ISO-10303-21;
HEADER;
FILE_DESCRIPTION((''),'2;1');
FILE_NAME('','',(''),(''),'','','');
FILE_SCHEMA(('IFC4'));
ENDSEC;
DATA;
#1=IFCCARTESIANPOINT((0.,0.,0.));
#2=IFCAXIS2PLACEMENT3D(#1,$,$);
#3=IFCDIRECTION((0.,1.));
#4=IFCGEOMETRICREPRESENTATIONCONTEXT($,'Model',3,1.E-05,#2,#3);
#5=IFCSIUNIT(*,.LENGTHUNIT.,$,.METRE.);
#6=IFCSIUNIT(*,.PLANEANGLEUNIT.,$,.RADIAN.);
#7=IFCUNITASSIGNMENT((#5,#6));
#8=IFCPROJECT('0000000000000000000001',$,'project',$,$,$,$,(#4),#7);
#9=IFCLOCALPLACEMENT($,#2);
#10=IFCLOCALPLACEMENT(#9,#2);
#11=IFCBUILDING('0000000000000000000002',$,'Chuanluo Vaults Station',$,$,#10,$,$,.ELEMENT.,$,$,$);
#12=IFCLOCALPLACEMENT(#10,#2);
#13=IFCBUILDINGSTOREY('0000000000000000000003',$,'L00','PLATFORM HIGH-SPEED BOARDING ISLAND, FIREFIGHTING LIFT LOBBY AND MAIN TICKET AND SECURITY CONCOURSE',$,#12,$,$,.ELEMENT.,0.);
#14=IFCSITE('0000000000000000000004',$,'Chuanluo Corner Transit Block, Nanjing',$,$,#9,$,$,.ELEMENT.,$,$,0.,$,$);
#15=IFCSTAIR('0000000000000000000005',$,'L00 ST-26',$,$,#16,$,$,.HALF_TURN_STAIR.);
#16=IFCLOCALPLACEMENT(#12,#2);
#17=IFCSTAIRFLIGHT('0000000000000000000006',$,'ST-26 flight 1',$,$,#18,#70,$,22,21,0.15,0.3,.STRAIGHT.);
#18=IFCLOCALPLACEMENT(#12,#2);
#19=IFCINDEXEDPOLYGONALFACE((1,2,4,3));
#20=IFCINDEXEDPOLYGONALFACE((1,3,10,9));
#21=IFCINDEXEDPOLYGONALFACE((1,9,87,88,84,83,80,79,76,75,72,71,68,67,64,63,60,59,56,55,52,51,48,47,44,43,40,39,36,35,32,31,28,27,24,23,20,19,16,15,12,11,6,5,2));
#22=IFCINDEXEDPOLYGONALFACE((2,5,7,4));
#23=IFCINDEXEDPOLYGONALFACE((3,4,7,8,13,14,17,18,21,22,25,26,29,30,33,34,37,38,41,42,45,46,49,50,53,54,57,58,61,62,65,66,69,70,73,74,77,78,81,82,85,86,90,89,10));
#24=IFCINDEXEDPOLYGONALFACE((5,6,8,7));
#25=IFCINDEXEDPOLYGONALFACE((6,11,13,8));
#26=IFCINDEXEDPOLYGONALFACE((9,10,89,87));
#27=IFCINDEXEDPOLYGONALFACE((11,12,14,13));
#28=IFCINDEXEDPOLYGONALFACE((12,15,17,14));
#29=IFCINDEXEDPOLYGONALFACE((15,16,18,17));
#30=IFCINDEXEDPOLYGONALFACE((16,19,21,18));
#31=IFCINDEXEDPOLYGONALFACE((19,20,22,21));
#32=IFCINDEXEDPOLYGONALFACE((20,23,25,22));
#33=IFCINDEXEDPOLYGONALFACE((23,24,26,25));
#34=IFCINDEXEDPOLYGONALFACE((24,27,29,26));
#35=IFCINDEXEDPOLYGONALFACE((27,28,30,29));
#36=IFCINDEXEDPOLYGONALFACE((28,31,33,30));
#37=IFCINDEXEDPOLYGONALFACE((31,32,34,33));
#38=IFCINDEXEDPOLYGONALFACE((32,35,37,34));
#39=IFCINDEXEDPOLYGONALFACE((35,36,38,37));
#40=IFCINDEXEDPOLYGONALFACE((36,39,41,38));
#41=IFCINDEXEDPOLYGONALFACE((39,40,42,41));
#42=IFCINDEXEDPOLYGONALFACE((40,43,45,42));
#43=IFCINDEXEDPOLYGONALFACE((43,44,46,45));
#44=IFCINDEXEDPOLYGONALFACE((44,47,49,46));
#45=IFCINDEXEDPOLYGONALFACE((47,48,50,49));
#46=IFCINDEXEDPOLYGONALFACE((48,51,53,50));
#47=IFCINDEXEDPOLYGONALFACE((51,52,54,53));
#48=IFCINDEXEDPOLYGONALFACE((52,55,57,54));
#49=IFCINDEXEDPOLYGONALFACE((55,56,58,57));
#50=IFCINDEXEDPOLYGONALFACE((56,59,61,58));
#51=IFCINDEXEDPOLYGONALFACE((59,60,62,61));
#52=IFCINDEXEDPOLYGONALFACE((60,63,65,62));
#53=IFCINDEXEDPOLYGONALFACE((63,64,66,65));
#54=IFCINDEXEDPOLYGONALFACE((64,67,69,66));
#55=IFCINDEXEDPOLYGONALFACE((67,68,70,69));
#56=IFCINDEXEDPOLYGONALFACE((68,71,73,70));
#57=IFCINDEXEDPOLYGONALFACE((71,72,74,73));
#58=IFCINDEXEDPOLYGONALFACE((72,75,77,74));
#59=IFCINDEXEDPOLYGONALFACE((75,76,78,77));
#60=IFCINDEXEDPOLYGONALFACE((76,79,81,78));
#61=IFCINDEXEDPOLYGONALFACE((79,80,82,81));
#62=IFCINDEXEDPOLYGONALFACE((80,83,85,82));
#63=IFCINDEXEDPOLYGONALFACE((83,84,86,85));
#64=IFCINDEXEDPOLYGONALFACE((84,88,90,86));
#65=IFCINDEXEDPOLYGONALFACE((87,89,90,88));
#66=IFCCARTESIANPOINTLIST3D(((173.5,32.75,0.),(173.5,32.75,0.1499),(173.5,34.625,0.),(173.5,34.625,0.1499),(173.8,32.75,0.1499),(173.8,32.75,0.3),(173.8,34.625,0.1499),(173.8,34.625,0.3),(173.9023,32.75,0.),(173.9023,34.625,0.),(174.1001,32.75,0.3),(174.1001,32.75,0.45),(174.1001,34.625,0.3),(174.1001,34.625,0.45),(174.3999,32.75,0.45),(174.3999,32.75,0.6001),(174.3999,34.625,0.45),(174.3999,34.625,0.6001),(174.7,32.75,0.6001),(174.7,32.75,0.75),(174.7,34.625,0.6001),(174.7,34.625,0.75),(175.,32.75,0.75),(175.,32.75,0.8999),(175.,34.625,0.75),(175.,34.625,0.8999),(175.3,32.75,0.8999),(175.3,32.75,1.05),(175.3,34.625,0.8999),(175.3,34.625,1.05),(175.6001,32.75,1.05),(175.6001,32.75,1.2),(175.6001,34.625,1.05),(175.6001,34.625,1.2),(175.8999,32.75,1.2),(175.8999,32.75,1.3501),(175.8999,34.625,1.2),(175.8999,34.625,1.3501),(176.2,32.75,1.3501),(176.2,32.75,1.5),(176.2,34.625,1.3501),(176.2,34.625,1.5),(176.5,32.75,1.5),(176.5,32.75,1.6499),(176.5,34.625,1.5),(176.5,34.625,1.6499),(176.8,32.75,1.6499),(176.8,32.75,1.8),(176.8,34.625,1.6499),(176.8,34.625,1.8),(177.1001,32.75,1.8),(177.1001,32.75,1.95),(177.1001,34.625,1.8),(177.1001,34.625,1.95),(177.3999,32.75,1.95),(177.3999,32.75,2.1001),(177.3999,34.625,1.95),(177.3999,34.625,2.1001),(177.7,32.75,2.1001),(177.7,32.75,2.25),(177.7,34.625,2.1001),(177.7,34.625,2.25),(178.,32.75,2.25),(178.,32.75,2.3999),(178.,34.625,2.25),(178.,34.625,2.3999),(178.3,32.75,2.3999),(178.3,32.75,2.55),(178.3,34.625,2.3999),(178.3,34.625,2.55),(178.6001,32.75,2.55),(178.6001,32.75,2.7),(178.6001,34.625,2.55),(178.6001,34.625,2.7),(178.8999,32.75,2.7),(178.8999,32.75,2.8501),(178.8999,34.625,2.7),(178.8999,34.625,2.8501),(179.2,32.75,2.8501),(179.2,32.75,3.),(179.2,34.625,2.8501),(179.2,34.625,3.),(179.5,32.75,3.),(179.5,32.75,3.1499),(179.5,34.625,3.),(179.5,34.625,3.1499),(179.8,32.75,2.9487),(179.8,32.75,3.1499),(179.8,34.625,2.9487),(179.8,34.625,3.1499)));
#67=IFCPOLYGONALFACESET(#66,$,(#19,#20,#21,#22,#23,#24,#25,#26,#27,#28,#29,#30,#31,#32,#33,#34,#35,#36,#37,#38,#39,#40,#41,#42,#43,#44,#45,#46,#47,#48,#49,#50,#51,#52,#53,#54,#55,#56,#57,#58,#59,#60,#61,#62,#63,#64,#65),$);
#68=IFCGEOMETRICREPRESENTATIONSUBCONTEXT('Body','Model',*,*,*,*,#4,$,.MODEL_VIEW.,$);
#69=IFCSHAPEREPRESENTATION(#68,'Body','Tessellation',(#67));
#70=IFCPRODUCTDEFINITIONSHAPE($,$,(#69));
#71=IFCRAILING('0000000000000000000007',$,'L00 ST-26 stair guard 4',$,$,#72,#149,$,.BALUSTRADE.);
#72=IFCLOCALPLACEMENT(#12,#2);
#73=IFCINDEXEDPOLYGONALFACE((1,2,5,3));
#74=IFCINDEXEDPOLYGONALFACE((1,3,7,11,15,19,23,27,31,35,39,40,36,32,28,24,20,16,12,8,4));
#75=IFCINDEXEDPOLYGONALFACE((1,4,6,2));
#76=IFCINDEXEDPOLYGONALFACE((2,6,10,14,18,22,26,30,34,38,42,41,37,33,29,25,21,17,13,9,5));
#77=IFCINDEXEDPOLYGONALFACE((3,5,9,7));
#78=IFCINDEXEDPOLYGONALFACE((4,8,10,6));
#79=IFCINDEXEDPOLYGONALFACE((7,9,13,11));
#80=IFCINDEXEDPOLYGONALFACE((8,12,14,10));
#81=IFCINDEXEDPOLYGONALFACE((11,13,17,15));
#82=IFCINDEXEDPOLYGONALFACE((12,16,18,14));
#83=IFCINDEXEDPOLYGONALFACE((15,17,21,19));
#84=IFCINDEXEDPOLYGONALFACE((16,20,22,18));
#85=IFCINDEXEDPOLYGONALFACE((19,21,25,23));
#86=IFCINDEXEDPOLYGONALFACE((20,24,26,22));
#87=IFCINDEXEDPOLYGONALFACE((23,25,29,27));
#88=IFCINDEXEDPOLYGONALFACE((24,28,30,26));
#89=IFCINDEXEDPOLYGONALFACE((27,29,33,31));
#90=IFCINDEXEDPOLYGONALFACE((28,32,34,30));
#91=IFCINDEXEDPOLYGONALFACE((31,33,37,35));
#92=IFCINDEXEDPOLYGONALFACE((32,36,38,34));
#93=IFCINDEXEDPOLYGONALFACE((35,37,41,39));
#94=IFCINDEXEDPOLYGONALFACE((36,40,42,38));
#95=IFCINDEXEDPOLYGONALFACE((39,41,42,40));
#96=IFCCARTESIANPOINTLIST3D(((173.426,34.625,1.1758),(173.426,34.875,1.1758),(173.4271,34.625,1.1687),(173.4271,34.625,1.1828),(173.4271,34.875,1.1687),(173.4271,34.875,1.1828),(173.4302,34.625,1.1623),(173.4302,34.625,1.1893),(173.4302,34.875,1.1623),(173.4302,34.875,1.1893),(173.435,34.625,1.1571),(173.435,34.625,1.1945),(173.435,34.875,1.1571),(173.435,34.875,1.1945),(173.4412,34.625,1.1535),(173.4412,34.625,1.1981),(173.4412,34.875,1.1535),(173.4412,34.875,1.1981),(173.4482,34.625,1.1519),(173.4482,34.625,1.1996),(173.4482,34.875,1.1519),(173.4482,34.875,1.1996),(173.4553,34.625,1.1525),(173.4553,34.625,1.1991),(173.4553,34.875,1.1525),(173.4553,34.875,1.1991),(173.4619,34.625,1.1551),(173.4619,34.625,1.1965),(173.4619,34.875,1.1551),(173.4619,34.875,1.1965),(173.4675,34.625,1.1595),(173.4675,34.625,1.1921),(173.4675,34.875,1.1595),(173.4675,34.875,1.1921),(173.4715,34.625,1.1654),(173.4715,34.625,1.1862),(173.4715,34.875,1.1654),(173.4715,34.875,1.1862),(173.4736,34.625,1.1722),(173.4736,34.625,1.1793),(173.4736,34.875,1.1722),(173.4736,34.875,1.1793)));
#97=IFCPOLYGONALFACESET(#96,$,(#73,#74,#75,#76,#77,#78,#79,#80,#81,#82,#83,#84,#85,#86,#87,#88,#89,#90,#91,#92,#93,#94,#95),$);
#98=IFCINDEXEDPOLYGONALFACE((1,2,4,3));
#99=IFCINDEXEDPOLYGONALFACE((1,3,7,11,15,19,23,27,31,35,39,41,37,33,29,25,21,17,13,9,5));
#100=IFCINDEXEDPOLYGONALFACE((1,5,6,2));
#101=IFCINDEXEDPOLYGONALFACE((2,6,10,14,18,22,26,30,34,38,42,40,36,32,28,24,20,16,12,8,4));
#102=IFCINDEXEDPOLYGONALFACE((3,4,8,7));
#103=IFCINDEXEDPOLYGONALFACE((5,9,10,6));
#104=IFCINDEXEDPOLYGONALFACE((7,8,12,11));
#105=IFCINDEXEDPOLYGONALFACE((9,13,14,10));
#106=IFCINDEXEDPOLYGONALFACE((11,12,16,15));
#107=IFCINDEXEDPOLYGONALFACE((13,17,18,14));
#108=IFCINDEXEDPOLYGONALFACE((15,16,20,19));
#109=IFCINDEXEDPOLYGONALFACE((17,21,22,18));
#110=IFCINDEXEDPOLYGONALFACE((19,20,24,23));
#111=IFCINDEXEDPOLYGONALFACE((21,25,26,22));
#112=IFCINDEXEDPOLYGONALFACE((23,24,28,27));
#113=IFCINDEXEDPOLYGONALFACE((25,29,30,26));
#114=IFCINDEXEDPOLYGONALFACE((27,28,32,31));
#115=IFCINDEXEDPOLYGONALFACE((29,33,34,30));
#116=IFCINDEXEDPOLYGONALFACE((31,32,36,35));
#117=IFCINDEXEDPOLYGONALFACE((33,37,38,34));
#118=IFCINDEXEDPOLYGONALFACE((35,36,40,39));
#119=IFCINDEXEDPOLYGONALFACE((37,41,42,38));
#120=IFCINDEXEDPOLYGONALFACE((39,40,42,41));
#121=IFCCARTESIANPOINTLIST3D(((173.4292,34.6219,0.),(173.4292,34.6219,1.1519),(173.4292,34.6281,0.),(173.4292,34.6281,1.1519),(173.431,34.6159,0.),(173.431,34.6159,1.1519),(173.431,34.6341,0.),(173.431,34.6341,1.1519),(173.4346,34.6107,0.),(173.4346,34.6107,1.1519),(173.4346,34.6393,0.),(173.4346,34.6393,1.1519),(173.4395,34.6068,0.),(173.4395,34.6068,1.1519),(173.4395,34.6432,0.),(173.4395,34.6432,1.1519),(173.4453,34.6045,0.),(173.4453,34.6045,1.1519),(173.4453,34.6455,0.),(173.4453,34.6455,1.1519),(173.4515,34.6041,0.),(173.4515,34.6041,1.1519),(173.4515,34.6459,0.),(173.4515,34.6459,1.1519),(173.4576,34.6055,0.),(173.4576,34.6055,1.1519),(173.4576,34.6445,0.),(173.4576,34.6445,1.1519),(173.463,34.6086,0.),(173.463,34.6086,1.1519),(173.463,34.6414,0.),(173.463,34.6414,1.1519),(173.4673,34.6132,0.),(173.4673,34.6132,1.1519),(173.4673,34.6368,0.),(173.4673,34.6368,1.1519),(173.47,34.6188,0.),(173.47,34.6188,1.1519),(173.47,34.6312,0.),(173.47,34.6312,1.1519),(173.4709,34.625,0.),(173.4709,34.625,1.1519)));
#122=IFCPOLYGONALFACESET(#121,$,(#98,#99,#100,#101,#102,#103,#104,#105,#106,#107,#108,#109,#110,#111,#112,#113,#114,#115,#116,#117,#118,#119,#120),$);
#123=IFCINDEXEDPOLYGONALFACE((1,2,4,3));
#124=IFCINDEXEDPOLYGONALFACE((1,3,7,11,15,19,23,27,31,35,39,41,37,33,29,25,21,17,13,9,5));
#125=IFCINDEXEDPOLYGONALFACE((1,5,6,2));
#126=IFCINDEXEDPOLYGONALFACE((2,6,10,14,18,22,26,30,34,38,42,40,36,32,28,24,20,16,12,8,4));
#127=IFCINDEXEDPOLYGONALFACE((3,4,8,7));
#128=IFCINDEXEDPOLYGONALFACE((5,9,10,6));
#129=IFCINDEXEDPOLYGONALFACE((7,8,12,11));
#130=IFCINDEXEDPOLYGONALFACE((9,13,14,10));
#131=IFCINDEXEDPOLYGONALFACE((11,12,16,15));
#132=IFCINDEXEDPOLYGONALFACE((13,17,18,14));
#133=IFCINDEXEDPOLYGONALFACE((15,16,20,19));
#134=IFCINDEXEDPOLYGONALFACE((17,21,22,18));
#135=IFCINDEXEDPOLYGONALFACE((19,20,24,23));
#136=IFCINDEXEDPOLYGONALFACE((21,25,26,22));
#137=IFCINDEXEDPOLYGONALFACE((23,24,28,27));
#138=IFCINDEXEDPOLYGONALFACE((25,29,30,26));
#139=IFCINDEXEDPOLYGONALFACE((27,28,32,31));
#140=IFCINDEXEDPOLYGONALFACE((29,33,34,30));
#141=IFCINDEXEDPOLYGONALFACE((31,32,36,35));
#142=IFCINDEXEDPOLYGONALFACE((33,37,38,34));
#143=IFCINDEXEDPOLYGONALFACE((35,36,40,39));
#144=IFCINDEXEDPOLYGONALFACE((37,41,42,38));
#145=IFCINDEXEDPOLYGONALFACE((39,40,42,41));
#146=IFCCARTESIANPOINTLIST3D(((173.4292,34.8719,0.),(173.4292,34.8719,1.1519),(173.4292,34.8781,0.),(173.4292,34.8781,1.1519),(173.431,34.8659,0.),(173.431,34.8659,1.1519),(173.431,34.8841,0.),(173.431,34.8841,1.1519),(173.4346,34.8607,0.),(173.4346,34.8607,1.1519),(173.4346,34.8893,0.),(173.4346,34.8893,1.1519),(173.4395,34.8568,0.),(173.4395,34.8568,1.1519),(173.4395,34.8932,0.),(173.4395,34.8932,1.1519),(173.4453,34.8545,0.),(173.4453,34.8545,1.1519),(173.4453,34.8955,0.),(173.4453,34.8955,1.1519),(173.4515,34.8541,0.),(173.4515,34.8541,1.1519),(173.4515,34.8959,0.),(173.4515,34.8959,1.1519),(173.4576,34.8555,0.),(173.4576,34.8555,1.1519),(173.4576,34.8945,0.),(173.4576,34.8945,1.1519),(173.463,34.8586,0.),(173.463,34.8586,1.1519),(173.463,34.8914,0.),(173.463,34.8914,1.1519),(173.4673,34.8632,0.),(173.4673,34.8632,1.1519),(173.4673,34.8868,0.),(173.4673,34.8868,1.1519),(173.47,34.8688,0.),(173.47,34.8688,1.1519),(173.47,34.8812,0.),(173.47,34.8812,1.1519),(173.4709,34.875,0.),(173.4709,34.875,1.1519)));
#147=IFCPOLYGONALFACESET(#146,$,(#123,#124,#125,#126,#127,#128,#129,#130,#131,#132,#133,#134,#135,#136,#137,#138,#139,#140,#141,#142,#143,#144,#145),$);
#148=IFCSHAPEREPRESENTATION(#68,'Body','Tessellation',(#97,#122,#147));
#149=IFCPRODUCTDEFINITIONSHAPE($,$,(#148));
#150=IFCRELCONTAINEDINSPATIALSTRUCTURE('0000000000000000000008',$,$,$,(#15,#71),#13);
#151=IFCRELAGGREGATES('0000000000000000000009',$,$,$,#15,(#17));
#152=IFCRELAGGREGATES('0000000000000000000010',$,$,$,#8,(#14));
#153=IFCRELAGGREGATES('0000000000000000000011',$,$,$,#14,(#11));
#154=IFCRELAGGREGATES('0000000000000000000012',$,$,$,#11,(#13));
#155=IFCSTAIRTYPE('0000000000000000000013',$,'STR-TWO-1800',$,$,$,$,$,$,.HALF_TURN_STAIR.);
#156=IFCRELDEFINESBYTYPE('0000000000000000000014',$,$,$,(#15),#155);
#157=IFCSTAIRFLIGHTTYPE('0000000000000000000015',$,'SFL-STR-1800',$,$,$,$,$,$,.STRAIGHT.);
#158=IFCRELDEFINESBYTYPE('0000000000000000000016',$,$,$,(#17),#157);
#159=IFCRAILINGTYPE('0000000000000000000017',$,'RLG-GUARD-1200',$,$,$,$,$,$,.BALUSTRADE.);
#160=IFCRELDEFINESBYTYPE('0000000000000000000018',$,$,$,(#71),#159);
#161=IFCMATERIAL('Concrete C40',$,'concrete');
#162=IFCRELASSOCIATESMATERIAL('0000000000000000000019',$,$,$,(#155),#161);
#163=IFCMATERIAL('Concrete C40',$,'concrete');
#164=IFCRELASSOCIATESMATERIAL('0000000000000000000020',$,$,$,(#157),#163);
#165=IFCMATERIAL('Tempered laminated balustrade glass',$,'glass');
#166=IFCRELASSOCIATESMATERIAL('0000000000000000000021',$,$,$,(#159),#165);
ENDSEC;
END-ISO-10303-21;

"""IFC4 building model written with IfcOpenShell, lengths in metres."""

from ifc_helpers import new_model, si_unit, direction, frame, origin, origin_2d, place, context, subcontext, project, spatial, polyline, circle, outline, extrude, material, type_object, element, aggregate, save


model = new_model("IFC4")

# Units and contexts
model_context = context("Model", 3, precision=1e-05, world=origin(), true_north=direction((0.0, 1.0)))
body_context = subcontext(model_context, "Body", "Model", "MODEL_VIEW")
ifc_project = project(units=[si_unit("LENGTHUNIT", "METRE"), si_unit("PLANEANGLEUNIT", "RADIAN")], contexts=[model_context])

# Site, building, storey
site_placement = place(None, origin())
site = spatial("IfcSite", under=ifc_project, at=site_placement, Name="Chuanluo Corner Transit Block, Nanjing", CompositionType="ELEMENT", RefElevation=0.0)
building_placement = place(site_placement, origin())
building = spatial("IfcBuilding", under=site, at=building_placement, Name="Chuanluo Vaults Station", CompositionType="ELEMENT")
storey_placement = place(building_placement, origin())
storey = spatial("IfcBuildingStorey", under=building, at=storey_placement, Name="L00", Description="PLATFORM HIGH-SPEED BOARDING ISLAND, FIREFIGHTING LIFT LOBBY AND MAIN TICKET AND SECURITY CONCOURSE", CompositionType="ELEMENT", Elevation=0.0)

# Stair, stair flight
ifc_material_1 = material(Name="Concrete C40", Category="concrete")
stair_type = type_object("IfcStairType", Name="STR-TWO-1800", PredefinedType="HALF_TURN_STAIR", material=ifc_material_1)
stair_placement = place(storey_placement, origin())
stair = element("IfcStair", 1, at=stair_placement, inside=storey, type_object=stair_type, Name="L00 ST-26", PredefinedType="HALF_TURN_STAIR")
ifc_material_2 = material(Name="Concrete C40", Category="concrete")
stair_flight_type = type_object("IfcStairFlightType", Name="SFL-STR-1800", PredefinedType="STRAIGHT", material=ifc_material_2)
stair_flight_placement = place(storey_placement, frame((173.5, 33.6875, 0.0), z_axis=(0.0, 0.0, 1.0), x_axis=(1.0, 0.0, 0.0)))
stair_flight = element("IfcStairFlight", 2, at=stair_flight_placement, type_object=stair_flight_type, Name="ST-26 flight 1", NumberOfRisers=22, NumberOfTreads=21, PredefinedType="STRAIGHT", RiserHeight=0.15, TreadLength=0.3, context=body_context, shape_type="SweptSolid", body=[
    extrude(outline(polyline([(0.0, 0.0), (0.0, 0.1499), (0.3, 0.1499), (0.3, 0.3), (0.6001, 0.3), (0.6001, 0.45), (0.8999, 0.45), (0.8999, 0.6001), (1.2, 0.6001), (1.2, 0.75), (1.5, 0.75), (1.5, 0.8999), (1.8, 0.8999), (1.8, 1.05), (2.1001, 1.05), (2.1001, 1.2), (2.3999, 1.2), (2.3999, 1.3501), (2.7, 1.3501), (2.7, 1.5), (3.0, 1.5), (3.0, 1.6499), (3.3, 1.6499), (3.3, 1.8), (3.6001, 1.8), (3.6001, 1.95), (3.8999, 1.95), (3.8999, 2.1001), (4.2, 2.1001), (4.2, 2.25), (4.5, 2.25), (4.5, 2.3999), (4.8, 2.3999), (4.8, 2.55), (5.1001, 2.55), (5.1001, 2.7), (5.3999, 2.7), (5.3999, 2.8501), (5.7, 2.8501), (5.7, 3.0), (6.0, 3.0), (6.0, 3.1499), (6.3, 3.1499), (6.3, 3.3), (6.3, 2.9487), (0.4023, 0.0), (0.0, 0.0)])), frame((0.0, 0.9375, 0.0), z_axis=(0.0, -1.0, 0.0), x_axis=(1.0, 0.0, 0.0)), (0.0, 0.0, 1.0), 1.875),
])
aggregate(stair, [stair_flight])

# Railing
ifc_material_3 = material(Name="Tempered laminated balustrade glass", Category="glass")
railing_type_1 = type_object("IfcRailingType", Name="RLG-GUARD-1200", PredefinedType="BALUSTRADE", material=ifc_material_3)
railing_1_placement = place(storey_placement, frame((173.45, 34.625, 0.0)))
element("IfcRailing", 3, at=railing_1_placement, inside=storey, type_object=railing_type_1, Name="L00 ST-26 stair guard 4", PredefinedType="BALUSTRADE", context=body_context, shape_type="SweptSolid", body=[
    extrude(circle(Radius=0.0239, at=origin_2d()), frame((0.0, 0.0, 1.1758), z_axis=(0.0, 1.0, 0.0), x_axis=(-1.0, 0.0, 0.0)), (0.0, 0.0, 1.0), 0.25),
    extrude(circle(Radius=0.021, at=origin_2d()), origin(), (0.0, 0.0, 1.0), 1.1519),
    extrude(circle(Radius=0.021, at=origin_2d()), frame((0.0, 0.25, 0.0)), (0.0, 0.0, 1.0), 1.1519),
])

save(model, "model.ifc")
